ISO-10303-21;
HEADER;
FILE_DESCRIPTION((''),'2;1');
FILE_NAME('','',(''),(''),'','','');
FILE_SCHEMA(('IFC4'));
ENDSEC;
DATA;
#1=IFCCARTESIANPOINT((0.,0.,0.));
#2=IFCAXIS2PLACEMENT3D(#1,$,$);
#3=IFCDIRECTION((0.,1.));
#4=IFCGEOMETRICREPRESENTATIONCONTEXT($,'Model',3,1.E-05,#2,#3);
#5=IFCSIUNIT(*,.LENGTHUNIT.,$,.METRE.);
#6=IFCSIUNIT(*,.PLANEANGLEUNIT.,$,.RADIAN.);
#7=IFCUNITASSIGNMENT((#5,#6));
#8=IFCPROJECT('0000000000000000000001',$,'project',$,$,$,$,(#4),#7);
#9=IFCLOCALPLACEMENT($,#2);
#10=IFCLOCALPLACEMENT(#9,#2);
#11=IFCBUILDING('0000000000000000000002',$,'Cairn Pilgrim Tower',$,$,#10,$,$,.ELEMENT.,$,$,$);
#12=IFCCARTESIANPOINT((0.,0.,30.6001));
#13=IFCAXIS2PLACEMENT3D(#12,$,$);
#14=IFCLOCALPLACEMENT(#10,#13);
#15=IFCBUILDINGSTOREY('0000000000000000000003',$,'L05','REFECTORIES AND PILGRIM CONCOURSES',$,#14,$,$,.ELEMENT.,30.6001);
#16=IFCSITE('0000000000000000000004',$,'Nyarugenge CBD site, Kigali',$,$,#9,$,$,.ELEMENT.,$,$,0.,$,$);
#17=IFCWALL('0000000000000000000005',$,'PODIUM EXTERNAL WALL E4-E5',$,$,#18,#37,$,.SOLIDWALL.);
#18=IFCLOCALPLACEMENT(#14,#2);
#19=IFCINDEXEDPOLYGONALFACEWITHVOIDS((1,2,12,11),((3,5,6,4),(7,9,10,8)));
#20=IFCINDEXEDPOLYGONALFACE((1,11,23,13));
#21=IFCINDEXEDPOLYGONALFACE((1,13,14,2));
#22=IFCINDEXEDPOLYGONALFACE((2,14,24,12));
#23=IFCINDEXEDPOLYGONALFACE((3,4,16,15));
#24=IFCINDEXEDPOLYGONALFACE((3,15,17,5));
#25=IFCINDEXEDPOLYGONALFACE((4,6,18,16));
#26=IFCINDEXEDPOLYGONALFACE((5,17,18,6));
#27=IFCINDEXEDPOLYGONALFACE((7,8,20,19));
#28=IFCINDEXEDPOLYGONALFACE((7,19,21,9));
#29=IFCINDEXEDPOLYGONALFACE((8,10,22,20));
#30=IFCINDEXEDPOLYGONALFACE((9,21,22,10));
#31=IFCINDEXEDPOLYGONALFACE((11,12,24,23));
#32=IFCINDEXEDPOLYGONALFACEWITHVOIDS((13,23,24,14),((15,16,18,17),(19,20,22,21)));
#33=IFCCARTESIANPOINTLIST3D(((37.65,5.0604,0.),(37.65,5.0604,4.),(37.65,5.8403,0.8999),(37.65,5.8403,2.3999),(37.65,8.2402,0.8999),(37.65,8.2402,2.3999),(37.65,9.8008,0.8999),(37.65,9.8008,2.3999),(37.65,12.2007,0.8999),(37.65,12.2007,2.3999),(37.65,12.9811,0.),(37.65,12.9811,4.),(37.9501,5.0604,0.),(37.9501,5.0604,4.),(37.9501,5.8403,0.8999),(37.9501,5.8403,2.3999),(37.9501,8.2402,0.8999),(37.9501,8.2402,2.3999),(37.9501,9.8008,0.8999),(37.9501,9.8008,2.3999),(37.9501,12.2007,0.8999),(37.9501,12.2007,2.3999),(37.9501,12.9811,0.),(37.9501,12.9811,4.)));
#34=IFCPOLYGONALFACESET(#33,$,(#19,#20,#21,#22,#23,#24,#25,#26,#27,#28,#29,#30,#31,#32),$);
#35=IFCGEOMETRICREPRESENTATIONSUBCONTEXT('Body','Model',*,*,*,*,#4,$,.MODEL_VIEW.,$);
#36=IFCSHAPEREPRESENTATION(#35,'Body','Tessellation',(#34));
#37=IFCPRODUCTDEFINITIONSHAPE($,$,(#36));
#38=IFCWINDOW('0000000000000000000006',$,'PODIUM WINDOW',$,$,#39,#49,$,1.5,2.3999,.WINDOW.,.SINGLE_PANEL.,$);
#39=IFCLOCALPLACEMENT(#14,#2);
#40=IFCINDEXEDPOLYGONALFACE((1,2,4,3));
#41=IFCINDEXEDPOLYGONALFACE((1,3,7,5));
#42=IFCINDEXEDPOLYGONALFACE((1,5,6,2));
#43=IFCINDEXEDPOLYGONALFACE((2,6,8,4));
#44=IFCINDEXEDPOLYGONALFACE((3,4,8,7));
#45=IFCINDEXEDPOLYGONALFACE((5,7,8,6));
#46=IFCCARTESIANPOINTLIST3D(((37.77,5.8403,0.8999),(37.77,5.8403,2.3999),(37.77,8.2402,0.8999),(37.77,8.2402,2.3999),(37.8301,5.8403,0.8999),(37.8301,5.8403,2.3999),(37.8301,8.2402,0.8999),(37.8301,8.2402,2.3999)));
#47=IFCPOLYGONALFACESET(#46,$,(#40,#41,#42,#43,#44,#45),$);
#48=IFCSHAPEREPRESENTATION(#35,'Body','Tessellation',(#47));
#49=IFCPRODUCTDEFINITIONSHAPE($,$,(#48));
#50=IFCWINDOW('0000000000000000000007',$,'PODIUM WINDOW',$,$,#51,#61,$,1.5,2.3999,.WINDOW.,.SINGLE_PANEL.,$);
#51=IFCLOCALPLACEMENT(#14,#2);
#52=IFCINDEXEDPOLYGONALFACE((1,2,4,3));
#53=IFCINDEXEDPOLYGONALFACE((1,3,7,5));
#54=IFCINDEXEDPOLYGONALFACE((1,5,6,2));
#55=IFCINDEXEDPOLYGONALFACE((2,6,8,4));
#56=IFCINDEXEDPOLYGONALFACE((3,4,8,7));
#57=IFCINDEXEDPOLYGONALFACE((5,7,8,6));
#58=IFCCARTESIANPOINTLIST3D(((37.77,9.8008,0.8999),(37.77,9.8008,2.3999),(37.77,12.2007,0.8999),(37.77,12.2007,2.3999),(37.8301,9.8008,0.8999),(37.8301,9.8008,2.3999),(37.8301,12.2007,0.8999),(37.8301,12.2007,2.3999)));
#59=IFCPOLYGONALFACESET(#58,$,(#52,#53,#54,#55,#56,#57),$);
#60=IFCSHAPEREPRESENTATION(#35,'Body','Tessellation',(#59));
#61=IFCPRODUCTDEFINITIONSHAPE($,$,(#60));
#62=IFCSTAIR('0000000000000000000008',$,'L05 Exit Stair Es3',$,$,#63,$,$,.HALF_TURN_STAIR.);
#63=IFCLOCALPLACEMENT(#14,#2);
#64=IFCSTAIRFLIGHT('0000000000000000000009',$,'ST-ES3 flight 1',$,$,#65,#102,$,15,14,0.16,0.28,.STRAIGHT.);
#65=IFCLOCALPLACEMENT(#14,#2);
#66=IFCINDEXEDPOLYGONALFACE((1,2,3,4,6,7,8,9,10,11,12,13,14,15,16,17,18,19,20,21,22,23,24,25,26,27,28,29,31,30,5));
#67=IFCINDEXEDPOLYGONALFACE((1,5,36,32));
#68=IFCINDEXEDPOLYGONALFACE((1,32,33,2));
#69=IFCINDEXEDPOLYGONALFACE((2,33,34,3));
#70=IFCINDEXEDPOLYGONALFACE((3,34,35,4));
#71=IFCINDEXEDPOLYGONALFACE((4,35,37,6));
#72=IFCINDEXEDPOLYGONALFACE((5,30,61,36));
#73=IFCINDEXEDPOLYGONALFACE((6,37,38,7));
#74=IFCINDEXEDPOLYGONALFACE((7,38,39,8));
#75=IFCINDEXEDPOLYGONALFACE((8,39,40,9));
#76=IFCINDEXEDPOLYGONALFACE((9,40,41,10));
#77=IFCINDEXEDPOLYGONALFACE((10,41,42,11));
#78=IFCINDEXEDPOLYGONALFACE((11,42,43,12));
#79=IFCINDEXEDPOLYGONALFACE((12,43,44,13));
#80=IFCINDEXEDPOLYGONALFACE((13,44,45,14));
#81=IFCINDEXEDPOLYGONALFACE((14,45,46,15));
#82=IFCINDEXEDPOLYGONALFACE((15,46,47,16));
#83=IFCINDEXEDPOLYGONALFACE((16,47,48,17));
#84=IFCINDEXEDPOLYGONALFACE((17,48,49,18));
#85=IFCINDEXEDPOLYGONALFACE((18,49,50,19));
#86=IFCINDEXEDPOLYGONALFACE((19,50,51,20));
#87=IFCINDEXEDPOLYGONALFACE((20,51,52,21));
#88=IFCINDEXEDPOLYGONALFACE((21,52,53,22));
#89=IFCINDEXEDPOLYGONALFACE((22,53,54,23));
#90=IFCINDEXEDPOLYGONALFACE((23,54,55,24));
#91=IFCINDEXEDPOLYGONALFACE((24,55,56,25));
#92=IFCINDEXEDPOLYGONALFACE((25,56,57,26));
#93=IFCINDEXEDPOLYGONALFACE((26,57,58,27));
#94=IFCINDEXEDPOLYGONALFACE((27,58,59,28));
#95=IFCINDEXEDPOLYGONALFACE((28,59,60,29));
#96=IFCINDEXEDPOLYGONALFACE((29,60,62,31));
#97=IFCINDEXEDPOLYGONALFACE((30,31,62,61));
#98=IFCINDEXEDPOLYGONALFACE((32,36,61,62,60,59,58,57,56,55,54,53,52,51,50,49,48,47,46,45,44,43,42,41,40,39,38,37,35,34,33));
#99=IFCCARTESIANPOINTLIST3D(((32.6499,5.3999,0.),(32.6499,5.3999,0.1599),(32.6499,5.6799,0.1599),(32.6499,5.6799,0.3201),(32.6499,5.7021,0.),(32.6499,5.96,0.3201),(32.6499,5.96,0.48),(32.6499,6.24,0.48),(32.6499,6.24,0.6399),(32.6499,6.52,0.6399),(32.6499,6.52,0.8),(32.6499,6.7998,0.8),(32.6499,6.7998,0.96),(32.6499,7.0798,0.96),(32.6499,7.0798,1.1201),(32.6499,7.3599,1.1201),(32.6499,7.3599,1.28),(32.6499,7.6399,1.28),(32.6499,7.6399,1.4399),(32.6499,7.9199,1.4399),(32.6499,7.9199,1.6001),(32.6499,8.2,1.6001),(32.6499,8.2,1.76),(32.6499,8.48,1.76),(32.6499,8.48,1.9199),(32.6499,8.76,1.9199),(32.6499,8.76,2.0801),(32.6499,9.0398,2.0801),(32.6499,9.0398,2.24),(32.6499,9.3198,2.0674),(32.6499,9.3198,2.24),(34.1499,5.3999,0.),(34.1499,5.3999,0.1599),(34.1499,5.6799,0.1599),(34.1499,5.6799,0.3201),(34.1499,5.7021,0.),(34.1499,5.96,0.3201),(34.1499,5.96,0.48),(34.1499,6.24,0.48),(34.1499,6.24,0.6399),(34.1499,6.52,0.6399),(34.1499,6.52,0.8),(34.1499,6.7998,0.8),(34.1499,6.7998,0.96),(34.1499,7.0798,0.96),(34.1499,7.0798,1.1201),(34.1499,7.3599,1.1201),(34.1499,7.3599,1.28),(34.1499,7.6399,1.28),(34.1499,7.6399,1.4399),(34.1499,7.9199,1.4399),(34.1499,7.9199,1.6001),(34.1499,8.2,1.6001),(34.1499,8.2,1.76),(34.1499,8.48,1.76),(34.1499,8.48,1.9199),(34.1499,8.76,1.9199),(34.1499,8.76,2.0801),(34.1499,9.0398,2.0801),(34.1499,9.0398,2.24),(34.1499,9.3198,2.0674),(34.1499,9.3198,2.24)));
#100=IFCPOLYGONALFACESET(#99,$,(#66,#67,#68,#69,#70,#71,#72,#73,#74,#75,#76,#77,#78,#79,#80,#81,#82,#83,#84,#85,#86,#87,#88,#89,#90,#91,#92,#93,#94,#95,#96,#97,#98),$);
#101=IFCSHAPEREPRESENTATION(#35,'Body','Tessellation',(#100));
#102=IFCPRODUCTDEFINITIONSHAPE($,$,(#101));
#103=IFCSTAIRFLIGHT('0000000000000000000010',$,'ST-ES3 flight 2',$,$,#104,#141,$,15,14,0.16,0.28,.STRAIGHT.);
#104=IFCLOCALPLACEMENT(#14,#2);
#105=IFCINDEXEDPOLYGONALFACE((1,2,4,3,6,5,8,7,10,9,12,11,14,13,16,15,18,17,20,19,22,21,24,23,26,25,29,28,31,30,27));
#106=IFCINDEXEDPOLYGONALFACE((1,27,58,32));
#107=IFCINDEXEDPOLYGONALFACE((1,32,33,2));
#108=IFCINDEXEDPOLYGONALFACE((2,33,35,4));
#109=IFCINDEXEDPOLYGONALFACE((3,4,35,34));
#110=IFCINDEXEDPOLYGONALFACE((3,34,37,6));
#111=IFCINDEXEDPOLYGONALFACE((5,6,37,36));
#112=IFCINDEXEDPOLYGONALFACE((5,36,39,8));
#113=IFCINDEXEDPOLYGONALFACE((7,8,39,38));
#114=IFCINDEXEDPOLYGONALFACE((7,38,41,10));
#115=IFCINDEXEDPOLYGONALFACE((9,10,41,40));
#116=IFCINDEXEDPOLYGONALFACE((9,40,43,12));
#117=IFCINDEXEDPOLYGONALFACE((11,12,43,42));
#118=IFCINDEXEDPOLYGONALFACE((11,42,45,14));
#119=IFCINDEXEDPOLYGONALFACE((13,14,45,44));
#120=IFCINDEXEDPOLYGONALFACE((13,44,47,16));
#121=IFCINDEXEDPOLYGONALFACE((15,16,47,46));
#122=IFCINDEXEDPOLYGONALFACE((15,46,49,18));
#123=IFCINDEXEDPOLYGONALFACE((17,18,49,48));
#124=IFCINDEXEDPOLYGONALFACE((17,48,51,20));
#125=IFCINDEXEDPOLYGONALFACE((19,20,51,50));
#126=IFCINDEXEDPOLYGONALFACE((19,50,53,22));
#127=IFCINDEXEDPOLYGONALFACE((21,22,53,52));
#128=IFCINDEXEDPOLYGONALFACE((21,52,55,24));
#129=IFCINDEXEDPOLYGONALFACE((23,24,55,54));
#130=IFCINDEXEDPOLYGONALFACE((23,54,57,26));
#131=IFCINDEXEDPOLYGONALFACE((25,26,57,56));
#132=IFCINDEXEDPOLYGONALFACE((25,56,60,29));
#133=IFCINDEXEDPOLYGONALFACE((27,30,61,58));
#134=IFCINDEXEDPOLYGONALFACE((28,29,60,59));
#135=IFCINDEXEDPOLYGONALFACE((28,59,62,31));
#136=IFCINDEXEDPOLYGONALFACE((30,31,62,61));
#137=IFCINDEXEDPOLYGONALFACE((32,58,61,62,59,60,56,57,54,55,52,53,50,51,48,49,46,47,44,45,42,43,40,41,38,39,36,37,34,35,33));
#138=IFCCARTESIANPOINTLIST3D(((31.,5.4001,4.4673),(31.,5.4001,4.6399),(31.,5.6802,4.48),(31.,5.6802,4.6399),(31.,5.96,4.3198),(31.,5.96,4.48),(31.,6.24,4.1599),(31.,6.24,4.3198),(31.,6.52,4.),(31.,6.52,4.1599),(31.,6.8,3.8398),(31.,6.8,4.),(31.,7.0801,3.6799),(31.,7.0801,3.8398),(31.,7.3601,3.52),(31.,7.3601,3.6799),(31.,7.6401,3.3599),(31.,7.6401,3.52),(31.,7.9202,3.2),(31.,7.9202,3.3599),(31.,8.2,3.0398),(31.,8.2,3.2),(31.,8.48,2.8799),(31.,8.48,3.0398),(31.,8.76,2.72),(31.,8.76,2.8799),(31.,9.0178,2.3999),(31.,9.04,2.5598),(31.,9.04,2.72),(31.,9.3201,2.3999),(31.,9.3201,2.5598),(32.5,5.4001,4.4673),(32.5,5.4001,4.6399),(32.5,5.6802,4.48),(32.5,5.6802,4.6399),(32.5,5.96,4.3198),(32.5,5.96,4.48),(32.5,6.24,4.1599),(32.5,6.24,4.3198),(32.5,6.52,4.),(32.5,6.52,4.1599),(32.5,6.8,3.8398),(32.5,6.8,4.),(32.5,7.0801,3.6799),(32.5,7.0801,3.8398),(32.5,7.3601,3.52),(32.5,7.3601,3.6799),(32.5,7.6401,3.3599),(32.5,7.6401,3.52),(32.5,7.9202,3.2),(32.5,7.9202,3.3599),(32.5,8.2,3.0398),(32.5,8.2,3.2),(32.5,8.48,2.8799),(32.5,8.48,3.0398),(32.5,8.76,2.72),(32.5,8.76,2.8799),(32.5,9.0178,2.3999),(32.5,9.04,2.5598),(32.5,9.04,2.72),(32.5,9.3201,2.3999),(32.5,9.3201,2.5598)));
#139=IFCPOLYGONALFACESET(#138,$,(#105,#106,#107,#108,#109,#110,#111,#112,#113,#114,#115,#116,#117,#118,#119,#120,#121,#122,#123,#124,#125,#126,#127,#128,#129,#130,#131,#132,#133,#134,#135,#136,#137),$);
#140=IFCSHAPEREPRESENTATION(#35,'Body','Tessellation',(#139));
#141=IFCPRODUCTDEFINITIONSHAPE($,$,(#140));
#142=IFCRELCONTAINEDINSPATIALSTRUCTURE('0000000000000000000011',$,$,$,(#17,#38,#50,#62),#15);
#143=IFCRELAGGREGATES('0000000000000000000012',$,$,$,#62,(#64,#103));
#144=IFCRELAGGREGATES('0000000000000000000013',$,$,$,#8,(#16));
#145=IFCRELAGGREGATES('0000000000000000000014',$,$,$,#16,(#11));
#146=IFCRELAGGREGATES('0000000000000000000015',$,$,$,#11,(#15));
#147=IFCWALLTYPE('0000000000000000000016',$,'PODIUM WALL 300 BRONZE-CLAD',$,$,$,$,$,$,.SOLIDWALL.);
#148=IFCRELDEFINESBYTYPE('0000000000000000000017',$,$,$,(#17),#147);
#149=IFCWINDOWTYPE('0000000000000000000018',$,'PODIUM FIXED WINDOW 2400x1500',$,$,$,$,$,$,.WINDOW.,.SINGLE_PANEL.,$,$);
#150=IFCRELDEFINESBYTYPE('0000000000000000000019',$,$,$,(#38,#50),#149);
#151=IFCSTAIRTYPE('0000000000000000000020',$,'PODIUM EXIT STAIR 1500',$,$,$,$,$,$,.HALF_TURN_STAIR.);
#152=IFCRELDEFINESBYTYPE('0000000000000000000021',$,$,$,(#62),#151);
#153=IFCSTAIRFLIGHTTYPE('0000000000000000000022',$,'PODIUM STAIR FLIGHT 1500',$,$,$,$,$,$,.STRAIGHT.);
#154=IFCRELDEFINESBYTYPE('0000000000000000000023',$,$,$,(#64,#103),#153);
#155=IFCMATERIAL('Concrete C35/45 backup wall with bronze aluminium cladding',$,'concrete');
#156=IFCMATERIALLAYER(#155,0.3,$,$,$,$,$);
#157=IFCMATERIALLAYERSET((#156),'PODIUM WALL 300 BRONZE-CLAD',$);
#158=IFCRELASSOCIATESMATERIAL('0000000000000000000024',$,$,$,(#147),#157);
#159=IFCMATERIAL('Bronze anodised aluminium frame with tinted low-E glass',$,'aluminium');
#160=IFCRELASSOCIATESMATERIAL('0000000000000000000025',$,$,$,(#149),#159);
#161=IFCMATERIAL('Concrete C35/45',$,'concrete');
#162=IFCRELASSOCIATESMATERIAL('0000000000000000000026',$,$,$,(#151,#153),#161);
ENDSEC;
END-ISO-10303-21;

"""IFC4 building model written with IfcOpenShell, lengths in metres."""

from ifc_helpers import new_model, si_unit, direction, frame, frame_2d, origin, place, context, subcontext, project, spatial, polyline, rectangle, outline, extrude, material, layer, layer_set, type_object, element, fill, aggregate, save


model = new_model("IFC4")

# Units and contexts
model_context = context("Model", 3, precision=1e-05, world=origin(), true_north=direction((0.0, 1.0)))
body_context = subcontext(model_context, "Body", "Model", "MODEL_VIEW")
ifc_project = project(units=[si_unit("LENGTHUNIT", "METRE"), si_unit("PLANEANGLEUNIT", "RADIAN")], contexts=[model_context])

# Site, building, storey
site_placement = place(None, origin())
site = spatial("IfcSite", under=ifc_project, at=site_placement, Name="Nyarugenge CBD site, Kigali", CompositionType="ELEMENT", RefElevation=0.0)
building_placement = place(site_placement, origin())
building = spatial("IfcBuilding", under=site, at=building_placement, Name="Cairn Pilgrim Tower", CompositionType="ELEMENT")
storey_placement = place(building_placement, frame((0.0, 0.0, 30.6001)))
storey = spatial("IfcBuildingStorey", under=building, at=storey_placement, Name="L05", Description="REFECTORIES AND PILGRIM CONCOURSES", CompositionType="ELEMENT", Elevation=30.6001)

# Shared definitions
ifc_material_1 = material(Name="Concrete C35/45", Category="concrete")

# Wall, openings, windows
ifc_material_2 = material(Name="Concrete C35/45 backup wall with bronze aluminium cladding", Category="concrete")
ifc_layer_1 = layer(ifc_material_2, 0.3)
ifc_layer_set_1 = layer_set([ifc_layer_1], Name="PODIUM WALL 300 BRONZE-CLAD")
wall_type_1 = type_object("IfcWallType", Name="PODIUM WALL 300 BRONZE-CLAD", PredefinedType="SOLIDWALL", material=ifc_layer_set_1)
wall_1_placement = place(storey_placement, frame((37.8, 5.0603, 0.0), z_axis=(0.0, 0.0, 1.0), x_axis=(0.0, 1.0, 0.0)))
wall_1 = element("IfcWall", 1, at=wall_1_placement, inside=storey, type_object=wall_type_1, Name="PODIUM EXTERNAL WALL E4-E5", PredefinedType="SOLIDWALL", context=body_context, shape_type="SweptSolid", body=[
    extrude(rectangle(XDim=7.9207, YDim=0.3, at=frame_2d((3.9604, 0.0))), origin(), (0.0, 0.0, 1.0), 4.0),
])
opening_1_placement = place(wall_1_placement, frame((0.78, 0.0, 0.8999)))
opening_1 = element("IfcOpeningElement", 2, at=opening_1_placement, cuts=wall_1, PredefinedType="OPENING", context=body_context, shape_type="SweptSolid", body=[
    extrude(rectangle(XDim=2.3999, YDim=1.5, at=frame_2d((1.2, 0.75))), frame((0.0, 0.1602, 0.0), z_axis=(0.0, -1.0, 0.0), x_axis=(1.0, 0.0, 0.0)), (0.0, 0.0, 1.0), 0.3201),
])
opening_2_placement = place(wall_1_placement, frame((4.7405, 0.0, 0.8999)))
opening_2 = element("IfcOpeningElement", 3, at=opening_2_placement, cuts=wall_1, PredefinedType="OPENING", context=body_context, shape_type="SweptSolid", body=[
    extrude(rectangle(XDim=2.3999, YDim=1.5, at=frame_2d((1.2, 0.75))), frame((0.0, 0.1602, 0.0), z_axis=(0.0, -1.0, 0.0), x_axis=(1.0, 0.0, 0.0)), (0.0, 0.0, 1.0), 0.3201),
])
ifc_material_3 = material(Name="Bronze anodised aluminium frame with tinted low-E glass", Category="aluminium")
window_type = type_object("IfcWindowType", Name="PODIUM FIXED WINDOW 2400x1500", PartitioningType="SINGLE_PANEL", PredefinedType="WINDOW", material=ifc_material_3)
window_1_placement = place(opening_1_placement, origin())
window_1 = element("IfcWindow", 4, at=window_1_placement, inside=storey, type_object=window_type, Name="PODIUM WINDOW", OverallHeight=1.5, OverallWidth=2.3999, PartitioningType="SINGLE_PANEL", PredefinedType="WINDOW", context=body_context, shape_type="SweptSolid", body=[
    extrude(rectangle(XDim=2.3999, YDim=1.5, at=frame_2d((1.2, 0.75))), frame((0.0, 0.03, 0.0), z_axis=(0.0, -1.0, 0.0), x_axis=(1.0, 0.0, 0.0)), (0.0, 0.0, 1.0), 0.0601),
])
fill(opening_1, window_1)
window_2_placement = place(opening_2_placement, origin())
window_2 = element("IfcWindow", 5, at=window_2_placement, inside=storey, type_object=window_type, Name="PODIUM WINDOW", OverallHeight=1.5, OverallWidth=2.3999, PartitioningType="SINGLE_PANEL", PredefinedType="WINDOW", context=body_context, shape_type="SweptSolid", body=[
    extrude(rectangle(XDim=2.3999, YDim=1.5, at=frame_2d((1.2, 0.75))), frame((0.0, 0.03, 0.0), z_axis=(0.0, -1.0, 0.0), x_axis=(1.0, 0.0, 0.0)), (0.0, 0.0, 1.0), 0.0601),
])
fill(opening_2, window_2)

# Stair, stair flights
stair_type = type_object("IfcStairType", Name="PODIUM EXIT STAIR 1500", PredefinedType="HALF_TURN_STAIR", material=ifc_material_1)
stair_placement = place(storey_placement, origin())
stair = element("IfcStair", 6, at=stair_placement, inside=storey, type_object=stair_type, Name="L05 Exit Stair Es3", PredefinedType="HALF_TURN_STAIR")
stair_flight_type = type_object("IfcStairFlightType", Name="PODIUM STAIR FLIGHT 1500", PredefinedType="STRAIGHT", material=ifc_material_1)
stair_flight_1_placement = place(storey_placement, frame((33.3999, 5.3999, 0.0), z_axis=(0.0, 0.0, 1.0), x_axis=(0.0, 1.0, 0.0)))
stair_flight_1 = element("IfcStairFlight", 7, at=stair_flight_1_placement, type_object=stair_flight_type, Name="ST-ES3 flight 1", NumberOfRisers=15, NumberOfTreads=14, PredefinedType="STRAIGHT", RiserHeight=0.16, TreadLength=0.28, context=body_context, shape_type="SweptSolid", body=[
    extrude(outline(polyline([(0.0, 0.0), (0.0, 0.1599), (0.28, 0.1599), (0.28, 0.3201), (0.5601, 0.3201), (0.5601, 0.48), (0.8401, 0.48), (0.8401, 0.6399), (1.1201, 0.6399), (1.1201, 0.8), (1.3999, 0.8), (1.3999, 0.96), (1.6799, 0.96), (1.6799, 1.1201), (1.96, 1.1201), (1.96, 1.28), (2.24, 1.28), (2.24, 1.4399), (2.52, 1.4399), (2.52, 1.6001), (2.8, 1.6001), (2.8, 1.76), (3.0801, 1.76), (3.0801, 1.9199), (3.3601, 1.9199), (3.3601, 2.0801), (3.6399, 2.0801), (3.6399, 2.24), (3.9199, 2.24), (3.9199, 2.3999), (3.9199, 2.0674), (0.3022, 0.0), (0.0, 0.0)])), frame((0.0, 0.75, 0.0), z_axis=(0.0, -1.0, 0.0), x_axis=(1.0, 0.0, 0.0)), (0.0, 0.0, 1.0), 1.5),
])
stair_flight_2_placement = place(storey_placement, frame((31.75, 9.3201, 2.3999), z_axis=(0.0, 0.0, 1.0), x_axis=(0.0, -1.0, 0.0)))
stair_flight_2 = element("IfcStairFlight", 8, at=stair_flight_2_placement, type_object=stair_flight_type, Name="ST-ES3 flight 2", NumberOfRisers=15, NumberOfTreads=14, PredefinedType="STRAIGHT", RiserHeight=0.16, TreadLength=0.28, context=body_context, shape_type="SweptSolid", body=[
    extrude(outline(polyline([(0.0, 0.0), (0.0, 0.1599), (0.28, 0.1599), (0.28, 0.3201), (0.5601, 0.3201), (0.5601, 0.48), (0.8401, 0.48), (0.8401, 0.6399), (1.1201, 0.6399), (1.1201, 0.8), (1.3999, 0.8), (1.3999, 0.96), (1.6799, 0.96), (1.6799, 1.1201), (1.96, 1.1201), (1.96, 1.28), (2.24, 1.28), (2.24, 1.4399), (2.52, 1.4399), (2.52, 1.6001), (2.8, 1.6001), (2.8, 1.76), (3.0801, 1.76), (3.0801, 1.9199), (3.3601, 1.9199), (3.3601, 2.0801), (3.6399, 2.0801), (3.6399, 2.24), (3.9199, 2.24), (3.9199, 2.3999), (3.9199, 2.0674), (0.3022, 0.0), (0.0, 0.0)])), frame((0.0, 0.75, 0.0), z_axis=(0.0, -1.0, 0.0), x_axis=(1.0, 0.0, 0.0)), (0.0, 0.0, 1.0), 1.5),
])
aggregate(stair, [stair_flight_1, stair_flight_2])

save(model, "model.ifc")
